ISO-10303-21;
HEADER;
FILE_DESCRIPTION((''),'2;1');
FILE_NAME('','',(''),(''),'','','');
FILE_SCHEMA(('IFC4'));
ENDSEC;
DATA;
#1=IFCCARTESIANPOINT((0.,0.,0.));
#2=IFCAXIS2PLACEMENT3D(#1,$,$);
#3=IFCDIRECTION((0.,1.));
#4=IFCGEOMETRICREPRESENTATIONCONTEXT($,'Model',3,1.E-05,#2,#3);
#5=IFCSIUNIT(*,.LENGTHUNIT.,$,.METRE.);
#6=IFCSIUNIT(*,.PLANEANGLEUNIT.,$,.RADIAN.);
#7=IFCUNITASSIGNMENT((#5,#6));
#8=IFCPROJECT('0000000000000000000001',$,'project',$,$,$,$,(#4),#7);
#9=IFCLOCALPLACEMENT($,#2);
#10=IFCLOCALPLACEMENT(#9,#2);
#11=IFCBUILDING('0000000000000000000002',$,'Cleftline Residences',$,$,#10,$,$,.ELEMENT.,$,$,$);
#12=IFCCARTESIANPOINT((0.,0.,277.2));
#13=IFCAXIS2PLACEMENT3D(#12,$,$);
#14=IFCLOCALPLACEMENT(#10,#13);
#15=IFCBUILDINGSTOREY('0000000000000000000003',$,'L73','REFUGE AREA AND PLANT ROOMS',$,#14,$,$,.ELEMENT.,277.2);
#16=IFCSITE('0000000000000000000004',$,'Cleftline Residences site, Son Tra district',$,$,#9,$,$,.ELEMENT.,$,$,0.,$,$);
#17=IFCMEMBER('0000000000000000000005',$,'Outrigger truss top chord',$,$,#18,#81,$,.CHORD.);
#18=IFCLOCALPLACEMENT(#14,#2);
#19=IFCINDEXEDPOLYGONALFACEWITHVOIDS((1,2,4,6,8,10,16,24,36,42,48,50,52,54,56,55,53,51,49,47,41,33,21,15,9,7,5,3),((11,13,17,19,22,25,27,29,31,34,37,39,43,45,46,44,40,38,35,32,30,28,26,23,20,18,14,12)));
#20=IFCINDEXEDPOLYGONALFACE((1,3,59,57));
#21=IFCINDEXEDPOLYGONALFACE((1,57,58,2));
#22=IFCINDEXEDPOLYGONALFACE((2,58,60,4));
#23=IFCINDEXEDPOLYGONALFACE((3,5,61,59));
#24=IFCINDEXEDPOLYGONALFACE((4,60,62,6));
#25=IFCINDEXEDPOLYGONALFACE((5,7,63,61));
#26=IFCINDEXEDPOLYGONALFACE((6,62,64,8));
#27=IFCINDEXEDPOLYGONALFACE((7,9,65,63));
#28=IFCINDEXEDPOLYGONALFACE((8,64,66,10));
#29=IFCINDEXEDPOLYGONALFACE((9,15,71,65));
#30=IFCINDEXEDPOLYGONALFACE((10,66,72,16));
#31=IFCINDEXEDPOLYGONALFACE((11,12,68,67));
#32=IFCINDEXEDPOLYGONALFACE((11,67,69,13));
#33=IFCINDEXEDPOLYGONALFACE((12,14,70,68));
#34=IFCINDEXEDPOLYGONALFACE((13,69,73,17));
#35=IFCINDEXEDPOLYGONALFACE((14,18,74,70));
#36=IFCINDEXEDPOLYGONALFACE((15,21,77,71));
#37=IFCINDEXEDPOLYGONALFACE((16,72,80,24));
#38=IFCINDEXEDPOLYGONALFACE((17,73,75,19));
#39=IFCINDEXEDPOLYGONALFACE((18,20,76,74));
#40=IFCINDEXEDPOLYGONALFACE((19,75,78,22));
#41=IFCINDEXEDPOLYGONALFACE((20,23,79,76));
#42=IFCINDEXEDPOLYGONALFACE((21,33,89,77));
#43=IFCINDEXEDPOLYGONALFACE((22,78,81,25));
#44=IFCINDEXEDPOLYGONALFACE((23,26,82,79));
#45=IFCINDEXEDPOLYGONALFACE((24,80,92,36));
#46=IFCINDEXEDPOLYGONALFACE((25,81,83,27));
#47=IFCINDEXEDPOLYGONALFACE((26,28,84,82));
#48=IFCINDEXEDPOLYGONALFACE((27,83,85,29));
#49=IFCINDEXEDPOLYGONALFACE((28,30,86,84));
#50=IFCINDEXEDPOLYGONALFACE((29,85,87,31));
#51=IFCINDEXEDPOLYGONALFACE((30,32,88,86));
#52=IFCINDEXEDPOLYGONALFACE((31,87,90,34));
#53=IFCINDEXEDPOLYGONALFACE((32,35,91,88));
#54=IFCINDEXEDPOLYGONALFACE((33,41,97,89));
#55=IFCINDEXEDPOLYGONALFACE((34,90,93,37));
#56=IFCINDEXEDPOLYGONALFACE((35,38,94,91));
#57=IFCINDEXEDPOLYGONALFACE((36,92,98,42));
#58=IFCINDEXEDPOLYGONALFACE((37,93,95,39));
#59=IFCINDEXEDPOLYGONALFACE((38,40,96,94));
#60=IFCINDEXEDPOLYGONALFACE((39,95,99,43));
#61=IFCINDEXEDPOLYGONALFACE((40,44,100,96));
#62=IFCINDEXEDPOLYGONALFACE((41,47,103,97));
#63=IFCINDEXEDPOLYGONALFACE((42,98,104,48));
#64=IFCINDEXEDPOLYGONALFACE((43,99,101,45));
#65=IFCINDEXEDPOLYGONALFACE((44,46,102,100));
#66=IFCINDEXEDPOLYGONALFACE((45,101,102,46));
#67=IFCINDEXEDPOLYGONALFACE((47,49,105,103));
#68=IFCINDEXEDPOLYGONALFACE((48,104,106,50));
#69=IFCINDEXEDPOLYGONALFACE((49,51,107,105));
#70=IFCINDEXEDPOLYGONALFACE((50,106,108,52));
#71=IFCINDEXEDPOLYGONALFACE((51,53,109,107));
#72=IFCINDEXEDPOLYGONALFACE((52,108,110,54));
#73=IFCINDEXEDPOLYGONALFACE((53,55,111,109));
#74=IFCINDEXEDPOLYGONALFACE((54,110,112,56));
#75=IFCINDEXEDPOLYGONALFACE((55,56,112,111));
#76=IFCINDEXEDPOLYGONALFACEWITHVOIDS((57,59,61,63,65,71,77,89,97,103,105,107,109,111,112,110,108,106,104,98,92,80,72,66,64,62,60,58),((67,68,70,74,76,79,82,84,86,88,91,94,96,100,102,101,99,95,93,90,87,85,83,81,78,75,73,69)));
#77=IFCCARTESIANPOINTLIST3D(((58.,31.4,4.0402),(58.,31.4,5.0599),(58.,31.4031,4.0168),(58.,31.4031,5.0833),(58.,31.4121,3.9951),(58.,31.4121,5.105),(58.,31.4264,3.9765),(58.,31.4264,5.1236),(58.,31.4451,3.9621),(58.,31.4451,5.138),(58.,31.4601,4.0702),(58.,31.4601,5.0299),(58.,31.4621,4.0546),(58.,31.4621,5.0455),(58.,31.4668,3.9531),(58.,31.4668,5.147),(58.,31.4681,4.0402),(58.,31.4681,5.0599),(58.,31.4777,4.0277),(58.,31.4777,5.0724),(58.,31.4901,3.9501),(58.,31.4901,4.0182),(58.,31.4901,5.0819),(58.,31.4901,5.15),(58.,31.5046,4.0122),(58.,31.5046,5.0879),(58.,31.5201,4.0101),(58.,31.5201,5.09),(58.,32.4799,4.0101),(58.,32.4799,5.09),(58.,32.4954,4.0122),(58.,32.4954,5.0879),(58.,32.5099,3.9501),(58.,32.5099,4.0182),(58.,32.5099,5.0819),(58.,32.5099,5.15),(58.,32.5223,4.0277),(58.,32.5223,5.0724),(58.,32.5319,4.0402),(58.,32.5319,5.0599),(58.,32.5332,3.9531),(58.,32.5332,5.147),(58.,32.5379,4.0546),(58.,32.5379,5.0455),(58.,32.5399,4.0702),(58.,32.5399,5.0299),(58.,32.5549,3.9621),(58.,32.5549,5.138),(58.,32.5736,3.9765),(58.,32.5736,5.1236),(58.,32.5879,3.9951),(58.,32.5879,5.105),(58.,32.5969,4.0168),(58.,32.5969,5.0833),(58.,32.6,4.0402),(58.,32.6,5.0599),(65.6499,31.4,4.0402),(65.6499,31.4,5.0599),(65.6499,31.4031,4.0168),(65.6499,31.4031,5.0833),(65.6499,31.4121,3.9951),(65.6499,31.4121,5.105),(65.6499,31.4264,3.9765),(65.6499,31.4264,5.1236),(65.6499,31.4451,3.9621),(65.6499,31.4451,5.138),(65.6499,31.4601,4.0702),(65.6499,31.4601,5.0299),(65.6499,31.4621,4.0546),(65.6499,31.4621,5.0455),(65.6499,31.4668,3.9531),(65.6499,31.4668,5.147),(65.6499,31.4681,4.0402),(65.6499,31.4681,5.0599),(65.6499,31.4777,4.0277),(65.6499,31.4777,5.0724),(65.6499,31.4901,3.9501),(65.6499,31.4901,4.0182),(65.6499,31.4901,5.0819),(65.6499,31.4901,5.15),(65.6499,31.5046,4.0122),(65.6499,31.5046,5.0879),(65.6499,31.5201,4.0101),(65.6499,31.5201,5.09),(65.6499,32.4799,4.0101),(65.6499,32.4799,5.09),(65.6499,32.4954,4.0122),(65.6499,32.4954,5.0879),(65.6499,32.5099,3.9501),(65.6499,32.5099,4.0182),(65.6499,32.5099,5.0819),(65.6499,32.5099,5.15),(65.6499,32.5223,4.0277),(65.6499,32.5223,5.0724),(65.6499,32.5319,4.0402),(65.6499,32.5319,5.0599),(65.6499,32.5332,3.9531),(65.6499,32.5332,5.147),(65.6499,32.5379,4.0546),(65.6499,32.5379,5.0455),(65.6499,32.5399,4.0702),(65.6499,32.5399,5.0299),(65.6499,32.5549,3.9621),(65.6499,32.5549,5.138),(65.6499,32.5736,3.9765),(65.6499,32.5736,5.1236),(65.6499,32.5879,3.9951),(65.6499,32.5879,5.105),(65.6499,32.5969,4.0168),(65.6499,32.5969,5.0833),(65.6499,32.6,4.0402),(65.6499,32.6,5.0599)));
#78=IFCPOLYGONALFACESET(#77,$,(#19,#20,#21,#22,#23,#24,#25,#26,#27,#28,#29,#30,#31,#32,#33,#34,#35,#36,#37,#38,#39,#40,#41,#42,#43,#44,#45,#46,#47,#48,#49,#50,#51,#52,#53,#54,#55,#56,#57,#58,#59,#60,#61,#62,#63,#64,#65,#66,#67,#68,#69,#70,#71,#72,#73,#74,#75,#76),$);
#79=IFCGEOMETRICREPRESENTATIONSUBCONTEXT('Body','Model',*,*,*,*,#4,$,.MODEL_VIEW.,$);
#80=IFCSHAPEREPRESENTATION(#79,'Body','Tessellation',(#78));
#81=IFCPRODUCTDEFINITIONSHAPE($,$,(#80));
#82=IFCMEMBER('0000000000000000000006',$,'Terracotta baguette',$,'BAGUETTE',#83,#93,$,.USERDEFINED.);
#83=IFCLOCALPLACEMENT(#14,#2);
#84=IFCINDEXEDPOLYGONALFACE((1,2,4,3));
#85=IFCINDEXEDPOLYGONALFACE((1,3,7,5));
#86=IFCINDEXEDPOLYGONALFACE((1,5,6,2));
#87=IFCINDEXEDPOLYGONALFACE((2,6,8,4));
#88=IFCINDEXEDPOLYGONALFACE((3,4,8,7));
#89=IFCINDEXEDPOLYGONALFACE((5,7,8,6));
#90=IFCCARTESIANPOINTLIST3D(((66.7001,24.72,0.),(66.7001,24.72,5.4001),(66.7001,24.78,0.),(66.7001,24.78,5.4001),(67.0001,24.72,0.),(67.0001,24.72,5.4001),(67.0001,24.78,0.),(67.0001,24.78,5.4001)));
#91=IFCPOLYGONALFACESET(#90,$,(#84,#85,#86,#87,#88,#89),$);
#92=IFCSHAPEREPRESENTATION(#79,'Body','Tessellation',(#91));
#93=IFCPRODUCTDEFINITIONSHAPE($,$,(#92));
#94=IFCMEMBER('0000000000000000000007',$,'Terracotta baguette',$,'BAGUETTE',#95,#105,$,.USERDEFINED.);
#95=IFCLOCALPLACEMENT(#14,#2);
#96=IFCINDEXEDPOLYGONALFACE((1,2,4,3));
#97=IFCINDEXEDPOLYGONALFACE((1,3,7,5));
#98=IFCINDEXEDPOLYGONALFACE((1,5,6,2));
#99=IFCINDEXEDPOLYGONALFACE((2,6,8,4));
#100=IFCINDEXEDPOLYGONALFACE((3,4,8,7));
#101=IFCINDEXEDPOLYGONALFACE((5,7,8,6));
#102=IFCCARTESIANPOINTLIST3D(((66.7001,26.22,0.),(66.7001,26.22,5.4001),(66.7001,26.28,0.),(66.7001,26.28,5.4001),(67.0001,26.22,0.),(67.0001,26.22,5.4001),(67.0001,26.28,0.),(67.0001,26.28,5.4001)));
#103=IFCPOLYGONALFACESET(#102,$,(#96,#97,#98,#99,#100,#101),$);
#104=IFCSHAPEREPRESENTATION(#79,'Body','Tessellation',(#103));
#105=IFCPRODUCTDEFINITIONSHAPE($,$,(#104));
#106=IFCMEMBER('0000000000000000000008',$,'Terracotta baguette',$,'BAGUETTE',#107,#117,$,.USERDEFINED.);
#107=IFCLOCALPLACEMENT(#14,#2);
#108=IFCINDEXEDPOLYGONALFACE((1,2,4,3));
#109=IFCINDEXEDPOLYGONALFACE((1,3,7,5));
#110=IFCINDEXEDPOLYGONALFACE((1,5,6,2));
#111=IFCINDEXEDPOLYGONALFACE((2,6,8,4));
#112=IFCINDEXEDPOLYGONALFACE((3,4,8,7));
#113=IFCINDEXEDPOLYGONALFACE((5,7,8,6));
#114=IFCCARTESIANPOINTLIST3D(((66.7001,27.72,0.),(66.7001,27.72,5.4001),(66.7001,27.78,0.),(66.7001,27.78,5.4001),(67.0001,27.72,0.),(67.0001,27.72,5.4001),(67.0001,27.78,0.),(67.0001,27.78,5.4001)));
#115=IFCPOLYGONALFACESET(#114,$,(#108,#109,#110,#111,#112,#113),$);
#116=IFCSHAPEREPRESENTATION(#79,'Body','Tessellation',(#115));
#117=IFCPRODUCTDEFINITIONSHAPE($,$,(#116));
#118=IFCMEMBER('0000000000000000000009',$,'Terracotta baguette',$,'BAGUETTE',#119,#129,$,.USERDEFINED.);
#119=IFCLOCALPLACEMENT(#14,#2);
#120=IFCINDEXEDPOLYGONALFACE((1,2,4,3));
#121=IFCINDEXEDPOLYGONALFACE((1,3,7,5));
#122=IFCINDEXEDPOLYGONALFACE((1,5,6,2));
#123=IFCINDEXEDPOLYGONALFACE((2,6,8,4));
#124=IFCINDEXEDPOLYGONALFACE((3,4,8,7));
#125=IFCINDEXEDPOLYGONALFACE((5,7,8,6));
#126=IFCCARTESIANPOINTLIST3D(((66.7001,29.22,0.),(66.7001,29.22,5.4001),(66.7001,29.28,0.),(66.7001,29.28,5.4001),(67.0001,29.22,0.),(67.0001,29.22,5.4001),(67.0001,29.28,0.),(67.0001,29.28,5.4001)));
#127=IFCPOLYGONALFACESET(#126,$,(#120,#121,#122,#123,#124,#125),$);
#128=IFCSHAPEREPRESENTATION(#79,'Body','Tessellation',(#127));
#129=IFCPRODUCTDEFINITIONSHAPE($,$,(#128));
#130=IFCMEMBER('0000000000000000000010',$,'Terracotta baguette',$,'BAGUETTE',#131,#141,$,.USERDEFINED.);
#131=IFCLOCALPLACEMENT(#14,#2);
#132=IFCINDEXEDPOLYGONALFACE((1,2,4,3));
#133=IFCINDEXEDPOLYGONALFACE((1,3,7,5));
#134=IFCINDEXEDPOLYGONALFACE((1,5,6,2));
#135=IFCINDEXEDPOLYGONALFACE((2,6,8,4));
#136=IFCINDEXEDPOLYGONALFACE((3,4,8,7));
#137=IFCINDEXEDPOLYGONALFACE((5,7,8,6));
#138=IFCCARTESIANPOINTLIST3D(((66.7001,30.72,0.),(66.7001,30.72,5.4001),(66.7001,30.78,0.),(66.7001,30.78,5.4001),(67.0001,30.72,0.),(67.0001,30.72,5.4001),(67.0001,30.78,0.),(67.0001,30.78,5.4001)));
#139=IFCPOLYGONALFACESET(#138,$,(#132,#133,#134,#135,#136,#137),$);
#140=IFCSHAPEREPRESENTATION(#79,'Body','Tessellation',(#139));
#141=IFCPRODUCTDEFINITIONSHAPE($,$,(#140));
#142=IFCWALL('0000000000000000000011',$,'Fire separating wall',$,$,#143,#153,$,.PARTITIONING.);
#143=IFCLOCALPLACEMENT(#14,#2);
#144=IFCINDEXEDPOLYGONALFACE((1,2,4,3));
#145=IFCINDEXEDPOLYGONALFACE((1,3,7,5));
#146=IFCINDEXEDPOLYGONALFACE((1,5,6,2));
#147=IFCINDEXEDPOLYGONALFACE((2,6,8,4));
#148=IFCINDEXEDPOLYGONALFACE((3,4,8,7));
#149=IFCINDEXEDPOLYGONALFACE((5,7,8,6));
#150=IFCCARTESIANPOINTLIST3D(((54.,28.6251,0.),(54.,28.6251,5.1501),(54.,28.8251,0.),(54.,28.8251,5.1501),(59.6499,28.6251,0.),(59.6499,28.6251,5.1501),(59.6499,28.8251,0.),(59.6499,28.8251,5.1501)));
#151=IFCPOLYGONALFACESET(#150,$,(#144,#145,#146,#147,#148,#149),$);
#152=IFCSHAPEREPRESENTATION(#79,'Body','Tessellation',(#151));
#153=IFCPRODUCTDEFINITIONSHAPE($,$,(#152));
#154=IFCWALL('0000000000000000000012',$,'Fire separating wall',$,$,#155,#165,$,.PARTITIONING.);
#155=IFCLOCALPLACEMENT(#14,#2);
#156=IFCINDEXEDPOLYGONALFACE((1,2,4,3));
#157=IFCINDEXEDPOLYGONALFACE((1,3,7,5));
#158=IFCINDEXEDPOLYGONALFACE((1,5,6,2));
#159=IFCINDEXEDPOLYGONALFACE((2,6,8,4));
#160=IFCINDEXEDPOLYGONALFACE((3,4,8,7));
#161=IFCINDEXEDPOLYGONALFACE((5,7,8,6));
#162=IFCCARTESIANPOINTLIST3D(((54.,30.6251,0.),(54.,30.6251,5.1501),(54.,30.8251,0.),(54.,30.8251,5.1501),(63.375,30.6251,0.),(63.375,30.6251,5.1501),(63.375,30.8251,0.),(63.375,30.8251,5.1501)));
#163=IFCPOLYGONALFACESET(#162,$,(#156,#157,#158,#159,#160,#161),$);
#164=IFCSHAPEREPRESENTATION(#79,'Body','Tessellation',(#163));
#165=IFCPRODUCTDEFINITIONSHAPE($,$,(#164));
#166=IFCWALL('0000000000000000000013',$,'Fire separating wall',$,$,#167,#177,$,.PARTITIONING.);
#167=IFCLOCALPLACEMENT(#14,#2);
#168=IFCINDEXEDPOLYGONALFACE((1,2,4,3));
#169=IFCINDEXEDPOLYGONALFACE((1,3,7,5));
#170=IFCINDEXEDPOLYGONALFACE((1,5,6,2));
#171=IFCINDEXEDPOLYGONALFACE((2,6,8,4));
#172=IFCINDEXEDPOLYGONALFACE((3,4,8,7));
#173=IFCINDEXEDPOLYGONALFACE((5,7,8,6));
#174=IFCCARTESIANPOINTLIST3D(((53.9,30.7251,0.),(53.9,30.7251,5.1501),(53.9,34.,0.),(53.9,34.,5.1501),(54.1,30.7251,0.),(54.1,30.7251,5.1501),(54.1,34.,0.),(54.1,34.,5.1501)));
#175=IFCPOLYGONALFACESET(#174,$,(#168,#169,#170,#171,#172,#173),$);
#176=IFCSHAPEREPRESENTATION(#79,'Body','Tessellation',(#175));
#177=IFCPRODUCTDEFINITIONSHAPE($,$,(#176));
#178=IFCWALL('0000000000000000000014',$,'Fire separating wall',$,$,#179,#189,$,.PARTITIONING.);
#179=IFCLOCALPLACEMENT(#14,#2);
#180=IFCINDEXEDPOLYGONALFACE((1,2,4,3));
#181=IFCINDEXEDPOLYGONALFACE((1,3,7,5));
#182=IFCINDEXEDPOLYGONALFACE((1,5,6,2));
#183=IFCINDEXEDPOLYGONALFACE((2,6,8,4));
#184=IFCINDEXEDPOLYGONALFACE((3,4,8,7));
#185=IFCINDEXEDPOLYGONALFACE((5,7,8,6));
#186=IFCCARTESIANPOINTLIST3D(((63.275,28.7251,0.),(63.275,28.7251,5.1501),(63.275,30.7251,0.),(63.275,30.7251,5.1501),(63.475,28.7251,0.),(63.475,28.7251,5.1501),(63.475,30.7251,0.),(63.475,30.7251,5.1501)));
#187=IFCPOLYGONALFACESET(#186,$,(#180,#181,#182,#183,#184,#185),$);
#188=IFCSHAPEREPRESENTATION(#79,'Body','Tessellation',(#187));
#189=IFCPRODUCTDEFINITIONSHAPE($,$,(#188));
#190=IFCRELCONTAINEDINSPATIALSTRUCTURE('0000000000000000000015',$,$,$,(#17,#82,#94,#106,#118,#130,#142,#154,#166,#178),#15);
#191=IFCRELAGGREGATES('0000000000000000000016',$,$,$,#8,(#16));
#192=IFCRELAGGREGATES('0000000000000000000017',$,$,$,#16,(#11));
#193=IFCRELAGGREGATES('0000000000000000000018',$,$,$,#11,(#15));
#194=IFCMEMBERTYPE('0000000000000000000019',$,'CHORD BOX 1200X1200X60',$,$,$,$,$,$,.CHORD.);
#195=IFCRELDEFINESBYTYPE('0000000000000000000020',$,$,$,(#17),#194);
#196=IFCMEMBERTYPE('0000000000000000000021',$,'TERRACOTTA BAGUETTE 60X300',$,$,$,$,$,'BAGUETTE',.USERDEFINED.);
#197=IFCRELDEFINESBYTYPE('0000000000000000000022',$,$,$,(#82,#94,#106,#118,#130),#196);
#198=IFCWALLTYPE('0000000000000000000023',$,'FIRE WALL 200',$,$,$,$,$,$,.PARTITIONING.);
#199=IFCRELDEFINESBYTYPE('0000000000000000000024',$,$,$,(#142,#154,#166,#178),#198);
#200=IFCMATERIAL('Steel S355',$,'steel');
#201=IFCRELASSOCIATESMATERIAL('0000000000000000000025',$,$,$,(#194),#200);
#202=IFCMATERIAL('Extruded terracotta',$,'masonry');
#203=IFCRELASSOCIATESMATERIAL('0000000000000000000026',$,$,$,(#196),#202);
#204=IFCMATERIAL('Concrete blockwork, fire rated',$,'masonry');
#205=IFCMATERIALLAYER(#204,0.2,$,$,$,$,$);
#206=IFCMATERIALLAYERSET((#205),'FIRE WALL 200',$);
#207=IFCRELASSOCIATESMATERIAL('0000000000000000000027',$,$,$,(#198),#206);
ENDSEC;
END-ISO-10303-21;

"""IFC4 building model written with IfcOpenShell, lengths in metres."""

from ifc_helpers import new_model, si_unit, direction, frame, frame_2d, origin, origin_2d, place, context, subcontext, project, spatial, rectangle, hollow_rectangle, extrude, material, layer, layer_set, material_profile, profile_set, type_object, element, save


model = new_model("IFC4")

# Units and contexts
model_context = context("Model", 3, precision=1e-05, world=origin(), true_north=direction((0.0, 1.0)))
body_context = subcontext(model_context, "Body", "Model", "MODEL_VIEW")
ifc_project = project(units=[si_unit("LENGTHUNIT", "METRE"), si_unit("PLANEANGLEUNIT", "RADIAN")], contexts=[model_context])

# Site, building, storey
site_placement = place(None, origin())
site = spatial("IfcSite", under=ifc_project, at=site_placement, Name="Cleftline Residences site, Son Tra district", CompositionType="ELEMENT", RefElevation=0.0)
building_placement = place(site_placement, origin())
building = spatial("IfcBuilding", under=site, at=building_placement, Name="Cleftline Residences", CompositionType="ELEMENT")
storey_placement = place(building_placement, frame((0.0, 0.0, 277.2)))
storey = spatial("IfcBuildingStorey", under=building, at=storey_placement, Name="L73", Description="REFUGE AREA AND PLANT ROOMS", CompositionType="ELEMENT", Elevation=277.2)

# Members
ifc_material_1 = material(Name="Steel S355", Category="steel")
ifc_material_profile_1 = material_profile(ifc_material_1, hollow_rectangle(XDim=1.2, YDim=1.2, WallThickness=0.0601, InnerFilletRadius=0.0601, OuterFilletRadius=0.0901, at=origin_2d()))
ifc_profile_set_1 = profile_set([ifc_material_profile_1], Name="Steel S355")
member_type_1 = type_object("IfcMemberType", Name="CHORD BOX 1200X1200X60", PredefinedType="CHORD", material=ifc_profile_set_1)
for number, where, z_axis, x_axis, name in (
    (1, (58.0, 32.0, 4.55), (1.0, 0.0, 0.0), (0.0, 1.0, 0.0), "Outrigger truss top chord"),
):
    element("IfcMember", number, at=place(storey_placement, frame(where, z_axis=z_axis, x_axis=x_axis)), inside=storey, type_object=member_type_1, Name=name, PredefinedType="CHORD", context=body_context, shape_type="SweptSolid", body=[
        extrude(hollow_rectangle(XDim=1.2, YDim=1.2, WallThickness=0.0601, InnerFilletRadius=0.0601, OuterFilletRadius=0.0901, at=origin_2d()), origin(), (0.0, 0.0, 1.0), 7.6499),
    ])
ifc_material_2 = material(Name="Extruded terracotta", Category="masonry")
ifc_material_profile_2 = material_profile(ifc_material_2, rectangle(XDim=0.0601, YDim=0.3, at=origin_2d()))
ifc_profile_set_2 = profile_set([ifc_material_profile_2], Name="Extruded terracotta")
member_type_2 = type_object("IfcMemberType", Name="TERRACOTTA BAGUETTE 60X300", ElementType="BAGUETTE", PredefinedType="USERDEFINED", material=ifc_profile_set_2)
for number, where, z_axis, x_axis, name in (
    (2, (66.8501, 24.75, 0.0), (0.0, 0.0, 1.0), (0.0, 1.0, 0.0), "Terracotta baguette"),
    (3, (66.8501, 26.25, 0.0), (0.0, 0.0, 1.0), (0.0, 1.0, 0.0), "Terracotta baguette"),
    (4, (66.8501, 27.75, 0.0), (0.0, 0.0, 1.0), (0.0, 1.0, 0.0), "Terracotta baguette"),
    (5, (66.8501, 29.25, 0.0), (0.0, 0.0, 1.0), (0.0, 1.0, 0.0), "Terracotta baguette"),
    (6, (66.8501, 30.75, 0.0), (0.0, 0.0, 1.0), (0.0, 1.0, 0.0), "Terracotta baguette"),
):
    element("IfcMember", number, at=place(storey_placement, frame(where, z_axis=z_axis, x_axis=x_axis)), inside=storey, type_object=member_type_2, Name=name, ObjectType="BAGUETTE", PredefinedType="USERDEFINED", context=body_context, shape_type="SweptSolid", body=[
        extrude(rectangle(XDim=0.0601, YDim=0.3, at=origin_2d()), origin(), (0.0, 0.0, 1.0), 5.4001),
    ])

# Walls
ifc_material_3 = material(Name="Concrete blockwork, fire rated", Category="masonry")
ifc_layer_1 = layer(ifc_material_3, 0.2)
ifc_layer_set_1 = layer_set([ifc_layer_1], Name="FIRE WALL 200")
wall_type_1 = type_object("IfcWallType", Name="FIRE WALL 200", PredefinedType="PARTITIONING", material=ifc_layer_set_1)
wall_1_placement = place(storey_placement, frame((54.0, 28.7251, 0.0), z_axis=(0.0, 0.0, 1.0), x_axis=(1.0, 0.0, 0.0)))
element("IfcWall", 7, at=wall_1_placement, inside=storey, type_object=wall_type_1, Name="Fire separating wall", PredefinedType="PARTITIONING", context=body_context, shape_type="SweptSolid", body=[
    extrude(rectangle(XDim=5.6499, YDim=0.2, at=frame_2d((2.825, 0.0))), origin(), (0.0, 0.0, 1.0), 5.1501),
])
wall_2_placement = place(storey_placement, frame((54.0, 30.7251, 0.0), z_axis=(0.0, 0.0, 1.0), x_axis=(1.0, 0.0, 0.0)))
element("IfcWall", 8, at=wall_2_placement, inside=storey, type_object=wall_type_1, Name="Fire separating wall", PredefinedType="PARTITIONING", context=body_context, shape_type="SweptSolid", body=[
    extrude(rectangle(XDim=9.375, YDim=0.2, at=frame_2d((4.6875, 0.0))), origin(), (0.0, 0.0, 1.0), 5.1501),
])
wall_3_placement = place(storey_placement, frame((54.0, 30.7251, 0.0), z_axis=(0.0, 0.0, 1.0), x_axis=(0.0, 1.0, 0.0)))
element("IfcWall", 9, at=wall_3_placement, inside=storey, type_object=wall_type_1, Name="Fire separating wall", PredefinedType="PARTITIONING", context=body_context, shape_type="SweptSolid", body=[
    extrude(rectangle(XDim=3.2749, YDim=0.2, at=frame_2d((1.6375, 0.0))), origin(), (0.0, 0.0, 1.0), 5.1501),
])
wall_4_placement = place(storey_placement, frame((63.375, 28.7251, 0.0), z_axis=(0.0, 0.0, 1.0), x_axis=(0.0, 1.0, 0.0)))
element("IfcWall", 10, at=wall_4_placement, inside=storey, type_object=wall_type_1, Name="Fire separating wall", PredefinedType="PARTITIONING", context=body_context, shape_type="SweptSolid", body=[
    extrude(rectangle(XDim=2.0, YDim=0.2, at=frame_2d((1.0, 0.0))), origin(), (0.0, 0.0, 1.0), 5.1501),
])

save(model, "model.ifc")
